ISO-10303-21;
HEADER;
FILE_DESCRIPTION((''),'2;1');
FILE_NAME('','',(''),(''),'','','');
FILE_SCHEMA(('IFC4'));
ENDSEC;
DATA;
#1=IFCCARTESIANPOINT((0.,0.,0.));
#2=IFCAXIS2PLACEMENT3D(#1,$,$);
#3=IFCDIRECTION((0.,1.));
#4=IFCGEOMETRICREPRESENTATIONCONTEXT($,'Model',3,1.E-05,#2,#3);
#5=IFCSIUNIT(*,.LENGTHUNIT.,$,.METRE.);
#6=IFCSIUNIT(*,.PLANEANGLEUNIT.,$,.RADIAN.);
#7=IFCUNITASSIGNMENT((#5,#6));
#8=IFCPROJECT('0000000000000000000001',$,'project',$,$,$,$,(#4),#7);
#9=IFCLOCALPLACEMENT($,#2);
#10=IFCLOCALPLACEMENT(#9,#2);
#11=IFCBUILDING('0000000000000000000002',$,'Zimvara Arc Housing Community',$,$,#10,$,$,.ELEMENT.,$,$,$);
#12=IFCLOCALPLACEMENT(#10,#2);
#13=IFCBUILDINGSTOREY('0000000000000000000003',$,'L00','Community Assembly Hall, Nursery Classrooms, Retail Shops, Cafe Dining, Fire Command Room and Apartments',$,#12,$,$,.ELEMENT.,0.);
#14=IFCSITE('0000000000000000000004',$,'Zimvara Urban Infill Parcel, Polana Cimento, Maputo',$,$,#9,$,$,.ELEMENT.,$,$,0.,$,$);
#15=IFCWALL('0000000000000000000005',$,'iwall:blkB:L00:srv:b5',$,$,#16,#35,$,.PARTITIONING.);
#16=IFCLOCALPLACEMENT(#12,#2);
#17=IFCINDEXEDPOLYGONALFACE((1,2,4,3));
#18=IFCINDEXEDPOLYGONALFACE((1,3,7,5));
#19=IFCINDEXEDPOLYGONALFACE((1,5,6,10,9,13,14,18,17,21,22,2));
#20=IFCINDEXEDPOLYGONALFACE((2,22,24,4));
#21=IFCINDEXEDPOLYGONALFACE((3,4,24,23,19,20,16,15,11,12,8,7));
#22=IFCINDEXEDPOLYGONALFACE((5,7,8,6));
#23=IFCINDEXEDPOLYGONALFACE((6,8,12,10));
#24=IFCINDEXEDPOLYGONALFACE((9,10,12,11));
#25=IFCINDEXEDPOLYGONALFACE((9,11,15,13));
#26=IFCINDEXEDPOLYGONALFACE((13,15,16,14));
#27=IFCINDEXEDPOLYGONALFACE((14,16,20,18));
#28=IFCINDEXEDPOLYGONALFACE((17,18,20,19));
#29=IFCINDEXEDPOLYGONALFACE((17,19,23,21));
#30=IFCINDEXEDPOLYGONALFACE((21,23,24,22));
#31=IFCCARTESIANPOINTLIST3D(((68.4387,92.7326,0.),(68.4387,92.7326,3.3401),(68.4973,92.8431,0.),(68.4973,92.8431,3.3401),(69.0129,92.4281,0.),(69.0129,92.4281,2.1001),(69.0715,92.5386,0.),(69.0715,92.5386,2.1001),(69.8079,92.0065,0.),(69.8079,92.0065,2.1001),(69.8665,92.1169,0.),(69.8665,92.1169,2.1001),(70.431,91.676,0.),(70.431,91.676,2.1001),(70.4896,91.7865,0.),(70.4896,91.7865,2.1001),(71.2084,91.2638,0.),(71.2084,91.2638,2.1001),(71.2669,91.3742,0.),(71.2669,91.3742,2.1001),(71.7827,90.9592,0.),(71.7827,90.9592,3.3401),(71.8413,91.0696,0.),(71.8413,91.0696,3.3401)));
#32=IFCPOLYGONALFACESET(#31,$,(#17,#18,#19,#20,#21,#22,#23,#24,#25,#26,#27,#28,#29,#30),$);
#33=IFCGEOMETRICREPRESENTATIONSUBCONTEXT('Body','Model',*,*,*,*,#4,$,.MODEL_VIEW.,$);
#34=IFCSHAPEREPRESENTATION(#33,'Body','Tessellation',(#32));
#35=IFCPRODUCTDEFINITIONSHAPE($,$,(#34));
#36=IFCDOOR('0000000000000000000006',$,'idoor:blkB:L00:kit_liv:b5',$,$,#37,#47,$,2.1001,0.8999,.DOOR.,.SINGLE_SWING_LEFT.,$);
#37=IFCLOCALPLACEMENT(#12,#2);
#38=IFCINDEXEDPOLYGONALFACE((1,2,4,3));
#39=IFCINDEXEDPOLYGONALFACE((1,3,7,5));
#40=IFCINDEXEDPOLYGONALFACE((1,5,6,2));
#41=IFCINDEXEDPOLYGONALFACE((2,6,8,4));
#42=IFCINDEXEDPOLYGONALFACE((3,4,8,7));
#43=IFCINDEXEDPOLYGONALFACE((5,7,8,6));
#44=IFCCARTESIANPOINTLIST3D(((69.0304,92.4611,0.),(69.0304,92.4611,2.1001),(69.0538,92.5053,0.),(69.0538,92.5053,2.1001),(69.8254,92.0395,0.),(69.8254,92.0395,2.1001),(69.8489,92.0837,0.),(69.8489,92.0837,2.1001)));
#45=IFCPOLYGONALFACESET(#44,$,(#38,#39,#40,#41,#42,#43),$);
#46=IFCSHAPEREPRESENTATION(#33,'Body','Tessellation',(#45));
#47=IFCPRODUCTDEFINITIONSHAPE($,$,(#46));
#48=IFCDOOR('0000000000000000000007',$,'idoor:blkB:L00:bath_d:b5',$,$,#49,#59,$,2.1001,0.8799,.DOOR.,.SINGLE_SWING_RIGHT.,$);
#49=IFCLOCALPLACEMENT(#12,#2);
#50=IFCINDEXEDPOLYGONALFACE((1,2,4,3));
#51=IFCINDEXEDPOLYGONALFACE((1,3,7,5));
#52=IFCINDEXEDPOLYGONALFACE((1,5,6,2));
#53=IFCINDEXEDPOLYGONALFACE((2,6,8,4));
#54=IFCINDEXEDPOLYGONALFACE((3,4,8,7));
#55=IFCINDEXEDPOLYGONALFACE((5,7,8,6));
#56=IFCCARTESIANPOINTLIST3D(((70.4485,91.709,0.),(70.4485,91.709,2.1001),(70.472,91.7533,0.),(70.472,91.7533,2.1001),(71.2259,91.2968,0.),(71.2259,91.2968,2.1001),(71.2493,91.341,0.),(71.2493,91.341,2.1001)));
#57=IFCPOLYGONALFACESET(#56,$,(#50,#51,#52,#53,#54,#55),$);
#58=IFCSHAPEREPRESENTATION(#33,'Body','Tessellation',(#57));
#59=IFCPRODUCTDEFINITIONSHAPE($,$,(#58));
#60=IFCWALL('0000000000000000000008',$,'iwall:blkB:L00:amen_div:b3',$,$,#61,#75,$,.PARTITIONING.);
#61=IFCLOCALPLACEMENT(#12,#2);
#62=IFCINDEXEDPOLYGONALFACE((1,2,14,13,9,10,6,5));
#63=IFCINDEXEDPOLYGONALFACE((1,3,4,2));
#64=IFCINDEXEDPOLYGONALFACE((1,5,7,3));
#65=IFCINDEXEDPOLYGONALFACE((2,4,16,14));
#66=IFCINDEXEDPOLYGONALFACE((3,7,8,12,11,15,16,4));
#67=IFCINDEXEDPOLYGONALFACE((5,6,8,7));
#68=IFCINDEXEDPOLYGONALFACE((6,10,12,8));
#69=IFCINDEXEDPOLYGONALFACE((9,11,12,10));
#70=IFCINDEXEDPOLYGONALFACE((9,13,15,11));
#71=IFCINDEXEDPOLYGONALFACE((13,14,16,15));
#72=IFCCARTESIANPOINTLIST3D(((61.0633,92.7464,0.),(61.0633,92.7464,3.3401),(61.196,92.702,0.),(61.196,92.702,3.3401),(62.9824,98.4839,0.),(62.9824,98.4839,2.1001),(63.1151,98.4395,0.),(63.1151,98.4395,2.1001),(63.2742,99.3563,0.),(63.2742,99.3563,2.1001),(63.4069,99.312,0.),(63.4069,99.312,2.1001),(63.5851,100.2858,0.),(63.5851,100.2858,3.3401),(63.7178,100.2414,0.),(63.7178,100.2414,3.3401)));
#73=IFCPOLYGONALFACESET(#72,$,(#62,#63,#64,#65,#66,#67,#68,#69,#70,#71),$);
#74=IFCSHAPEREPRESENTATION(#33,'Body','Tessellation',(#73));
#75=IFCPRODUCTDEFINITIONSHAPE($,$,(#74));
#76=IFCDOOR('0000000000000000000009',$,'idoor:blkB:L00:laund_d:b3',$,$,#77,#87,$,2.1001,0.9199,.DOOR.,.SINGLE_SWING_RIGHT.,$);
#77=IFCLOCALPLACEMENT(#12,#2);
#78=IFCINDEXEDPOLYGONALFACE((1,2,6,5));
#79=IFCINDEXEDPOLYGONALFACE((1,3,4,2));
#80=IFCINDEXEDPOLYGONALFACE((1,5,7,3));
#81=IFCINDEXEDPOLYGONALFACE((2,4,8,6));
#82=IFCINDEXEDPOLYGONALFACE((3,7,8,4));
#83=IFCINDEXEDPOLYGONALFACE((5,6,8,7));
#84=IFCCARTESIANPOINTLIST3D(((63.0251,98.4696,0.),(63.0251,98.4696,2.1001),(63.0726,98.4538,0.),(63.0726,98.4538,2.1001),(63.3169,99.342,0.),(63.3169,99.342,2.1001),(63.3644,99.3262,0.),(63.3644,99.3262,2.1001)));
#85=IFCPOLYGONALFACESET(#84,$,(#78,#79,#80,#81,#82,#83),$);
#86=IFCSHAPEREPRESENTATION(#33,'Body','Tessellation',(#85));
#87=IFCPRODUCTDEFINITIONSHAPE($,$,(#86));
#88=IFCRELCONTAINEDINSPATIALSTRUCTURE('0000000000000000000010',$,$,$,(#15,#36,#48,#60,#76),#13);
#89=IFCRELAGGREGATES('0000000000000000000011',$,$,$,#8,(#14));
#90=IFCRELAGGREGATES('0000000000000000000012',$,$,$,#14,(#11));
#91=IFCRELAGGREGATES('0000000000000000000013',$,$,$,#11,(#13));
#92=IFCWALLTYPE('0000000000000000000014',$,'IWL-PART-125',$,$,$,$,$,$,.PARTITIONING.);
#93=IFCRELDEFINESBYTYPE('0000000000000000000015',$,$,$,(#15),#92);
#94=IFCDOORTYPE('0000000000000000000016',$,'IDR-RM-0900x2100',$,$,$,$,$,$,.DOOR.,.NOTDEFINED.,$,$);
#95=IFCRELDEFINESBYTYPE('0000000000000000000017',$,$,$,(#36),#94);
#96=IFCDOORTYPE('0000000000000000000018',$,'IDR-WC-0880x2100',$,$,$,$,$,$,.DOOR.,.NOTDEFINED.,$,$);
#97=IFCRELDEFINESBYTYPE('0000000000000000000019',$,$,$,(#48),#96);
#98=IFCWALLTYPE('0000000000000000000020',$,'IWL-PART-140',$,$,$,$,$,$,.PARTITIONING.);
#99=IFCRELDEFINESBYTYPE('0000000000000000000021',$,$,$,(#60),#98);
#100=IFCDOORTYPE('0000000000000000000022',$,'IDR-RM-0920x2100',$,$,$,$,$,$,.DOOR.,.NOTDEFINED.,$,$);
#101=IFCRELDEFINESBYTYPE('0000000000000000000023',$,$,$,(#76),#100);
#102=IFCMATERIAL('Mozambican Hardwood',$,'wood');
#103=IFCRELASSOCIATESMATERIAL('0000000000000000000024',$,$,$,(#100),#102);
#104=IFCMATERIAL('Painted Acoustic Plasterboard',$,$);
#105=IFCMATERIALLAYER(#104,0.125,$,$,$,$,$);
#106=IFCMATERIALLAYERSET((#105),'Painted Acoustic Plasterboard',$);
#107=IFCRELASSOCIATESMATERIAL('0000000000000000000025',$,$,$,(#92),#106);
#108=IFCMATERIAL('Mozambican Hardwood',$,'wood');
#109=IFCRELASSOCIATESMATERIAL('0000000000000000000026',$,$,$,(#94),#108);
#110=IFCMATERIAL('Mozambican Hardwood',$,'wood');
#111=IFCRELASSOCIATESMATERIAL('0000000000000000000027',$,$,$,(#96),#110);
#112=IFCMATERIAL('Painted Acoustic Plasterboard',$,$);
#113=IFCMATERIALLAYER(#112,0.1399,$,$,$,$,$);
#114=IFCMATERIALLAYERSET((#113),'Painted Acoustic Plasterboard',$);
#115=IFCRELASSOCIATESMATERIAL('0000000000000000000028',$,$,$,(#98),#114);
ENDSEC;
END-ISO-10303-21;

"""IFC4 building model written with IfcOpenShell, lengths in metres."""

from ifc_helpers import new_model, si_unit, direction, frame, frame_2d, origin, place, context, subcontext, project, spatial, rectangle, extrude, material, layer, layer_set, type_object, element, fill, save


model = new_model("IFC4")

# Units and contexts
model_context = context("Model", 3, precision=1e-05, world=origin(), true_north=direction((0.0, 1.0)))
body_context = subcontext(model_context, "Body", "Model", "MODEL_VIEW")
ifc_project = project(units=[si_unit("LENGTHUNIT", "METRE"), si_unit("PLANEANGLEUNIT", "RADIAN")], contexts=[model_context])

# Site, building, storey
site_placement = place(None, origin())
site = spatial("IfcSite", under=ifc_project, at=site_placement, Name="Zimvara Urban Infill Parcel, Polana Cimento, Maputo", CompositionType="ELEMENT", RefElevation=0.0)
building_placement = place(site_placement, origin())
building = spatial("IfcBuilding", under=site, at=building_placement, Name="Zimvara Arc Housing Community", CompositionType="ELEMENT")
storey_placement = place(building_placement, origin())
storey = spatial("IfcBuildingStorey", under=building, at=storey_placement, Name="L00", Description="Community Assembly Hall, Nursery Classrooms, Retail Shops, Cafe Dining, Fire Command Room and Apartments", CompositionType="ELEMENT", Elevation=0.0)

# Shared definitions
ifc_material_1 = material(Name="Mozambican Hardwood", Category="wood")
door_type_1 = type_object("IfcDoorType", Name="IDR-RM-0920x2100", OperationType="NOTDEFINED", PredefinedType="DOOR", material=ifc_material_1)

# Wall, openings, doors
ifc_material_2 = material(Name="Painted Acoustic Plasterboard")
ifc_layer_1 = layer(ifc_material_2, 0.125)
ifc_layer_set_1 = layer_set([ifc_layer_1], Name="Painted Acoustic Plasterboard")
wall_type_1 = type_object("IfcWallType", Name="IWL-PART-125", PredefinedType="PARTITIONING", material=ifc_layer_set_1)
wall_1_placement = place(storey_placement, frame((68.468, 92.7878, 0.0), z_axis=(0.0, 0.0, 1.0), x_axis=(0.88345, -0.468525, 0.0)))
wall_1 = element("IfcWall", 1, at=wall_1_placement, inside=storey, type_object=wall_type_1, Name="iwall:blkB:L00:srv:b5", PredefinedType="PARTITIONING", context=body_context, shape_type="SweptSolid", body=[
    extrude(rectangle(XDim=3.7852, YDim=0.125, at=frame_2d((1.8926, 0.0))), origin(), (0.0, 0.0, 1.0), 3.3401),
])
opening_1_placement = place(wall_1_placement, frame((0.6499, 0.0, 0.0)))
opening_1 = element("IfcOpeningElement", 2, at=opening_1_placement, cuts=wall_1, PredefinedType="OPENING", context=body_context, shape_type="SweptSolid", body=[
    extrude(rectangle(XDim=0.8999, YDim=2.1001, at=frame_2d((0.45, 1.05))), frame((0.0, 0.0725, 0.0), z_axis=(0.0, -1.0, 0.0), x_axis=(1.0, 0.0, 0.0)), (0.0, 0.0, 1.0), 0.145),
])
opening_2_placement = place(wall_1_placement, frame((2.2551, 0.0, 0.0)))
opening_2 = element("IfcOpeningElement", 3, at=opening_2_placement, cuts=wall_1, PredefinedType="OPENING", context=body_context, shape_type="SweptSolid", body=[
    extrude(rectangle(XDim=0.8799, YDim=2.1001, at=frame_2d((0.4399, 1.05))), frame((0.0, 0.0725, 0.0), z_axis=(0.0, -1.0, 0.0), x_axis=(1.0, 0.0, 0.0)), (0.0, 0.0, 1.0), 0.145),
])
ifc_material_3 = material(Name="Mozambican Hardwood", Category="wood")
door_type_2 = type_object("IfcDoorType", Name="IDR-RM-0900x2100", OperationType="NOTDEFINED", PredefinedType="DOOR", material=ifc_material_3)
door_1_placement = place(opening_1_placement, origin())
door_1 = element("IfcDoor", 4, at=door_1_placement, inside=storey, type_object=door_type_2, Name="idoor:blkB:L00:kit_liv:b5", OperationType="SINGLE_SWING_LEFT", OverallHeight=2.1001, OverallWidth=0.8999, PredefinedType="DOOR", context=body_context, shape_type="SweptSolid", body=[
    extrude(rectangle(XDim=0.8999, YDim=2.1001, at=frame_2d((0.45, 1.05))), frame((0.0, 0.0249, 0.0), z_axis=(0.0, -1.0, 0.0), x_axis=(1.0, 0.0, 0.0)), (0.0, 0.0, 1.0), 0.05),
])
fill(opening_1, door_1)
ifc_material_4 = material(Name="Mozambican Hardwood", Category="wood")
door_type_3 = type_object("IfcDoorType", Name="IDR-WC-0880x2100", OperationType="NOTDEFINED", PredefinedType="DOOR", material=ifc_material_4)
door_2_placement = place(opening_2_placement, origin())
door_2 = element("IfcDoor", 5, at=door_2_placement, inside=storey, type_object=door_type_3, Name="idoor:blkB:L00:bath_d:b5", OperationType="SINGLE_SWING_RIGHT", OverallHeight=2.1001, OverallWidth=0.8799, PredefinedType="DOOR", context=body_context, shape_type="SweptSolid", body=[
    extrude(rectangle(XDim=0.8799, YDim=2.1001, at=frame_2d((0.4399, 1.05))), frame((0.0, 0.0249, 0.0), z_axis=(0.0, -1.0, 0.0), x_axis=(1.0, 0.0, 0.0)), (0.0, 0.0, 1.0), 0.05),
])
fill(opening_2, door_2)

# Wall, opening, door
ifc_material_5 = material(Name="Painted Acoustic Plasterboard")
ifc_layer_2 = layer(ifc_material_5, 0.1399)
ifc_layer_set_2 = layer_set([ifc_layer_2], Name="Painted Acoustic Plasterboard")
wall_type_2 = type_object("IfcWallType", Name="IWL-PART-140", PredefinedType="PARTITIONING", material=ifc_layer_set_2)
wall_2_placement = place(storey_placement, frame((61.1296, 92.7241, 0.0), z_axis=(0.0, 0.0, 1.0), x_axis=(0.317204, 0.948357, 0.0)))
wall_2 = element("IfcWall", 6, at=wall_2_placement, inside=storey, type_object=wall_type_2, Name="iwall:blkB:L00:amen_div:b3", PredefinedType="PARTITIONING", context=body_context, shape_type="SweptSolid", body=[
    extrude(rectangle(XDim=7.95, YDim=0.1399, at=frame_2d((3.9751, 0.0))), origin(), (0.0, 0.0, 1.0), 3.3401),
])
opening_3_placement = place(wall_2_placement, frame((6.05, 0.0, 0.0)))
opening_3 = element("IfcOpeningElement", 7, at=opening_3_placement, cuts=wall_2, PredefinedType="OPENING", context=body_context, shape_type="SweptSolid", body=[
    extrude(rectangle(XDim=0.9199, YDim=2.1001, at=frame_2d((0.46, 1.05))), frame((0.0, 0.0798, 0.0), z_axis=(0.0, -1.0, 0.0), x_axis=(1.0, 0.0, 0.0)), (0.0, 0.0, 1.0), 0.1599),
])
door_3_placement = place(opening_3_placement, origin())
door_3 = element("IfcDoor", 8, at=door_3_placement, inside=storey, type_object=door_type_1, Name="idoor:blkB:L00:laund_d:b3", OperationType="SINGLE_SWING_RIGHT", OverallHeight=2.1001, OverallWidth=0.9199, PredefinedType="DOOR", context=body_context, shape_type="SweptSolid", body=[
    extrude(rectangle(XDim=0.9199, YDim=2.1001, at=frame_2d((0.46, 1.05))), frame((0.0, 0.0249, 0.0), z_axis=(0.0, -1.0, 0.0), x_axis=(1.0, 0.0, 0.0)), (0.0, 0.0, 1.0), 0.05),
])
fill(opening_3, door_3)

save(model, "model.ifc")
